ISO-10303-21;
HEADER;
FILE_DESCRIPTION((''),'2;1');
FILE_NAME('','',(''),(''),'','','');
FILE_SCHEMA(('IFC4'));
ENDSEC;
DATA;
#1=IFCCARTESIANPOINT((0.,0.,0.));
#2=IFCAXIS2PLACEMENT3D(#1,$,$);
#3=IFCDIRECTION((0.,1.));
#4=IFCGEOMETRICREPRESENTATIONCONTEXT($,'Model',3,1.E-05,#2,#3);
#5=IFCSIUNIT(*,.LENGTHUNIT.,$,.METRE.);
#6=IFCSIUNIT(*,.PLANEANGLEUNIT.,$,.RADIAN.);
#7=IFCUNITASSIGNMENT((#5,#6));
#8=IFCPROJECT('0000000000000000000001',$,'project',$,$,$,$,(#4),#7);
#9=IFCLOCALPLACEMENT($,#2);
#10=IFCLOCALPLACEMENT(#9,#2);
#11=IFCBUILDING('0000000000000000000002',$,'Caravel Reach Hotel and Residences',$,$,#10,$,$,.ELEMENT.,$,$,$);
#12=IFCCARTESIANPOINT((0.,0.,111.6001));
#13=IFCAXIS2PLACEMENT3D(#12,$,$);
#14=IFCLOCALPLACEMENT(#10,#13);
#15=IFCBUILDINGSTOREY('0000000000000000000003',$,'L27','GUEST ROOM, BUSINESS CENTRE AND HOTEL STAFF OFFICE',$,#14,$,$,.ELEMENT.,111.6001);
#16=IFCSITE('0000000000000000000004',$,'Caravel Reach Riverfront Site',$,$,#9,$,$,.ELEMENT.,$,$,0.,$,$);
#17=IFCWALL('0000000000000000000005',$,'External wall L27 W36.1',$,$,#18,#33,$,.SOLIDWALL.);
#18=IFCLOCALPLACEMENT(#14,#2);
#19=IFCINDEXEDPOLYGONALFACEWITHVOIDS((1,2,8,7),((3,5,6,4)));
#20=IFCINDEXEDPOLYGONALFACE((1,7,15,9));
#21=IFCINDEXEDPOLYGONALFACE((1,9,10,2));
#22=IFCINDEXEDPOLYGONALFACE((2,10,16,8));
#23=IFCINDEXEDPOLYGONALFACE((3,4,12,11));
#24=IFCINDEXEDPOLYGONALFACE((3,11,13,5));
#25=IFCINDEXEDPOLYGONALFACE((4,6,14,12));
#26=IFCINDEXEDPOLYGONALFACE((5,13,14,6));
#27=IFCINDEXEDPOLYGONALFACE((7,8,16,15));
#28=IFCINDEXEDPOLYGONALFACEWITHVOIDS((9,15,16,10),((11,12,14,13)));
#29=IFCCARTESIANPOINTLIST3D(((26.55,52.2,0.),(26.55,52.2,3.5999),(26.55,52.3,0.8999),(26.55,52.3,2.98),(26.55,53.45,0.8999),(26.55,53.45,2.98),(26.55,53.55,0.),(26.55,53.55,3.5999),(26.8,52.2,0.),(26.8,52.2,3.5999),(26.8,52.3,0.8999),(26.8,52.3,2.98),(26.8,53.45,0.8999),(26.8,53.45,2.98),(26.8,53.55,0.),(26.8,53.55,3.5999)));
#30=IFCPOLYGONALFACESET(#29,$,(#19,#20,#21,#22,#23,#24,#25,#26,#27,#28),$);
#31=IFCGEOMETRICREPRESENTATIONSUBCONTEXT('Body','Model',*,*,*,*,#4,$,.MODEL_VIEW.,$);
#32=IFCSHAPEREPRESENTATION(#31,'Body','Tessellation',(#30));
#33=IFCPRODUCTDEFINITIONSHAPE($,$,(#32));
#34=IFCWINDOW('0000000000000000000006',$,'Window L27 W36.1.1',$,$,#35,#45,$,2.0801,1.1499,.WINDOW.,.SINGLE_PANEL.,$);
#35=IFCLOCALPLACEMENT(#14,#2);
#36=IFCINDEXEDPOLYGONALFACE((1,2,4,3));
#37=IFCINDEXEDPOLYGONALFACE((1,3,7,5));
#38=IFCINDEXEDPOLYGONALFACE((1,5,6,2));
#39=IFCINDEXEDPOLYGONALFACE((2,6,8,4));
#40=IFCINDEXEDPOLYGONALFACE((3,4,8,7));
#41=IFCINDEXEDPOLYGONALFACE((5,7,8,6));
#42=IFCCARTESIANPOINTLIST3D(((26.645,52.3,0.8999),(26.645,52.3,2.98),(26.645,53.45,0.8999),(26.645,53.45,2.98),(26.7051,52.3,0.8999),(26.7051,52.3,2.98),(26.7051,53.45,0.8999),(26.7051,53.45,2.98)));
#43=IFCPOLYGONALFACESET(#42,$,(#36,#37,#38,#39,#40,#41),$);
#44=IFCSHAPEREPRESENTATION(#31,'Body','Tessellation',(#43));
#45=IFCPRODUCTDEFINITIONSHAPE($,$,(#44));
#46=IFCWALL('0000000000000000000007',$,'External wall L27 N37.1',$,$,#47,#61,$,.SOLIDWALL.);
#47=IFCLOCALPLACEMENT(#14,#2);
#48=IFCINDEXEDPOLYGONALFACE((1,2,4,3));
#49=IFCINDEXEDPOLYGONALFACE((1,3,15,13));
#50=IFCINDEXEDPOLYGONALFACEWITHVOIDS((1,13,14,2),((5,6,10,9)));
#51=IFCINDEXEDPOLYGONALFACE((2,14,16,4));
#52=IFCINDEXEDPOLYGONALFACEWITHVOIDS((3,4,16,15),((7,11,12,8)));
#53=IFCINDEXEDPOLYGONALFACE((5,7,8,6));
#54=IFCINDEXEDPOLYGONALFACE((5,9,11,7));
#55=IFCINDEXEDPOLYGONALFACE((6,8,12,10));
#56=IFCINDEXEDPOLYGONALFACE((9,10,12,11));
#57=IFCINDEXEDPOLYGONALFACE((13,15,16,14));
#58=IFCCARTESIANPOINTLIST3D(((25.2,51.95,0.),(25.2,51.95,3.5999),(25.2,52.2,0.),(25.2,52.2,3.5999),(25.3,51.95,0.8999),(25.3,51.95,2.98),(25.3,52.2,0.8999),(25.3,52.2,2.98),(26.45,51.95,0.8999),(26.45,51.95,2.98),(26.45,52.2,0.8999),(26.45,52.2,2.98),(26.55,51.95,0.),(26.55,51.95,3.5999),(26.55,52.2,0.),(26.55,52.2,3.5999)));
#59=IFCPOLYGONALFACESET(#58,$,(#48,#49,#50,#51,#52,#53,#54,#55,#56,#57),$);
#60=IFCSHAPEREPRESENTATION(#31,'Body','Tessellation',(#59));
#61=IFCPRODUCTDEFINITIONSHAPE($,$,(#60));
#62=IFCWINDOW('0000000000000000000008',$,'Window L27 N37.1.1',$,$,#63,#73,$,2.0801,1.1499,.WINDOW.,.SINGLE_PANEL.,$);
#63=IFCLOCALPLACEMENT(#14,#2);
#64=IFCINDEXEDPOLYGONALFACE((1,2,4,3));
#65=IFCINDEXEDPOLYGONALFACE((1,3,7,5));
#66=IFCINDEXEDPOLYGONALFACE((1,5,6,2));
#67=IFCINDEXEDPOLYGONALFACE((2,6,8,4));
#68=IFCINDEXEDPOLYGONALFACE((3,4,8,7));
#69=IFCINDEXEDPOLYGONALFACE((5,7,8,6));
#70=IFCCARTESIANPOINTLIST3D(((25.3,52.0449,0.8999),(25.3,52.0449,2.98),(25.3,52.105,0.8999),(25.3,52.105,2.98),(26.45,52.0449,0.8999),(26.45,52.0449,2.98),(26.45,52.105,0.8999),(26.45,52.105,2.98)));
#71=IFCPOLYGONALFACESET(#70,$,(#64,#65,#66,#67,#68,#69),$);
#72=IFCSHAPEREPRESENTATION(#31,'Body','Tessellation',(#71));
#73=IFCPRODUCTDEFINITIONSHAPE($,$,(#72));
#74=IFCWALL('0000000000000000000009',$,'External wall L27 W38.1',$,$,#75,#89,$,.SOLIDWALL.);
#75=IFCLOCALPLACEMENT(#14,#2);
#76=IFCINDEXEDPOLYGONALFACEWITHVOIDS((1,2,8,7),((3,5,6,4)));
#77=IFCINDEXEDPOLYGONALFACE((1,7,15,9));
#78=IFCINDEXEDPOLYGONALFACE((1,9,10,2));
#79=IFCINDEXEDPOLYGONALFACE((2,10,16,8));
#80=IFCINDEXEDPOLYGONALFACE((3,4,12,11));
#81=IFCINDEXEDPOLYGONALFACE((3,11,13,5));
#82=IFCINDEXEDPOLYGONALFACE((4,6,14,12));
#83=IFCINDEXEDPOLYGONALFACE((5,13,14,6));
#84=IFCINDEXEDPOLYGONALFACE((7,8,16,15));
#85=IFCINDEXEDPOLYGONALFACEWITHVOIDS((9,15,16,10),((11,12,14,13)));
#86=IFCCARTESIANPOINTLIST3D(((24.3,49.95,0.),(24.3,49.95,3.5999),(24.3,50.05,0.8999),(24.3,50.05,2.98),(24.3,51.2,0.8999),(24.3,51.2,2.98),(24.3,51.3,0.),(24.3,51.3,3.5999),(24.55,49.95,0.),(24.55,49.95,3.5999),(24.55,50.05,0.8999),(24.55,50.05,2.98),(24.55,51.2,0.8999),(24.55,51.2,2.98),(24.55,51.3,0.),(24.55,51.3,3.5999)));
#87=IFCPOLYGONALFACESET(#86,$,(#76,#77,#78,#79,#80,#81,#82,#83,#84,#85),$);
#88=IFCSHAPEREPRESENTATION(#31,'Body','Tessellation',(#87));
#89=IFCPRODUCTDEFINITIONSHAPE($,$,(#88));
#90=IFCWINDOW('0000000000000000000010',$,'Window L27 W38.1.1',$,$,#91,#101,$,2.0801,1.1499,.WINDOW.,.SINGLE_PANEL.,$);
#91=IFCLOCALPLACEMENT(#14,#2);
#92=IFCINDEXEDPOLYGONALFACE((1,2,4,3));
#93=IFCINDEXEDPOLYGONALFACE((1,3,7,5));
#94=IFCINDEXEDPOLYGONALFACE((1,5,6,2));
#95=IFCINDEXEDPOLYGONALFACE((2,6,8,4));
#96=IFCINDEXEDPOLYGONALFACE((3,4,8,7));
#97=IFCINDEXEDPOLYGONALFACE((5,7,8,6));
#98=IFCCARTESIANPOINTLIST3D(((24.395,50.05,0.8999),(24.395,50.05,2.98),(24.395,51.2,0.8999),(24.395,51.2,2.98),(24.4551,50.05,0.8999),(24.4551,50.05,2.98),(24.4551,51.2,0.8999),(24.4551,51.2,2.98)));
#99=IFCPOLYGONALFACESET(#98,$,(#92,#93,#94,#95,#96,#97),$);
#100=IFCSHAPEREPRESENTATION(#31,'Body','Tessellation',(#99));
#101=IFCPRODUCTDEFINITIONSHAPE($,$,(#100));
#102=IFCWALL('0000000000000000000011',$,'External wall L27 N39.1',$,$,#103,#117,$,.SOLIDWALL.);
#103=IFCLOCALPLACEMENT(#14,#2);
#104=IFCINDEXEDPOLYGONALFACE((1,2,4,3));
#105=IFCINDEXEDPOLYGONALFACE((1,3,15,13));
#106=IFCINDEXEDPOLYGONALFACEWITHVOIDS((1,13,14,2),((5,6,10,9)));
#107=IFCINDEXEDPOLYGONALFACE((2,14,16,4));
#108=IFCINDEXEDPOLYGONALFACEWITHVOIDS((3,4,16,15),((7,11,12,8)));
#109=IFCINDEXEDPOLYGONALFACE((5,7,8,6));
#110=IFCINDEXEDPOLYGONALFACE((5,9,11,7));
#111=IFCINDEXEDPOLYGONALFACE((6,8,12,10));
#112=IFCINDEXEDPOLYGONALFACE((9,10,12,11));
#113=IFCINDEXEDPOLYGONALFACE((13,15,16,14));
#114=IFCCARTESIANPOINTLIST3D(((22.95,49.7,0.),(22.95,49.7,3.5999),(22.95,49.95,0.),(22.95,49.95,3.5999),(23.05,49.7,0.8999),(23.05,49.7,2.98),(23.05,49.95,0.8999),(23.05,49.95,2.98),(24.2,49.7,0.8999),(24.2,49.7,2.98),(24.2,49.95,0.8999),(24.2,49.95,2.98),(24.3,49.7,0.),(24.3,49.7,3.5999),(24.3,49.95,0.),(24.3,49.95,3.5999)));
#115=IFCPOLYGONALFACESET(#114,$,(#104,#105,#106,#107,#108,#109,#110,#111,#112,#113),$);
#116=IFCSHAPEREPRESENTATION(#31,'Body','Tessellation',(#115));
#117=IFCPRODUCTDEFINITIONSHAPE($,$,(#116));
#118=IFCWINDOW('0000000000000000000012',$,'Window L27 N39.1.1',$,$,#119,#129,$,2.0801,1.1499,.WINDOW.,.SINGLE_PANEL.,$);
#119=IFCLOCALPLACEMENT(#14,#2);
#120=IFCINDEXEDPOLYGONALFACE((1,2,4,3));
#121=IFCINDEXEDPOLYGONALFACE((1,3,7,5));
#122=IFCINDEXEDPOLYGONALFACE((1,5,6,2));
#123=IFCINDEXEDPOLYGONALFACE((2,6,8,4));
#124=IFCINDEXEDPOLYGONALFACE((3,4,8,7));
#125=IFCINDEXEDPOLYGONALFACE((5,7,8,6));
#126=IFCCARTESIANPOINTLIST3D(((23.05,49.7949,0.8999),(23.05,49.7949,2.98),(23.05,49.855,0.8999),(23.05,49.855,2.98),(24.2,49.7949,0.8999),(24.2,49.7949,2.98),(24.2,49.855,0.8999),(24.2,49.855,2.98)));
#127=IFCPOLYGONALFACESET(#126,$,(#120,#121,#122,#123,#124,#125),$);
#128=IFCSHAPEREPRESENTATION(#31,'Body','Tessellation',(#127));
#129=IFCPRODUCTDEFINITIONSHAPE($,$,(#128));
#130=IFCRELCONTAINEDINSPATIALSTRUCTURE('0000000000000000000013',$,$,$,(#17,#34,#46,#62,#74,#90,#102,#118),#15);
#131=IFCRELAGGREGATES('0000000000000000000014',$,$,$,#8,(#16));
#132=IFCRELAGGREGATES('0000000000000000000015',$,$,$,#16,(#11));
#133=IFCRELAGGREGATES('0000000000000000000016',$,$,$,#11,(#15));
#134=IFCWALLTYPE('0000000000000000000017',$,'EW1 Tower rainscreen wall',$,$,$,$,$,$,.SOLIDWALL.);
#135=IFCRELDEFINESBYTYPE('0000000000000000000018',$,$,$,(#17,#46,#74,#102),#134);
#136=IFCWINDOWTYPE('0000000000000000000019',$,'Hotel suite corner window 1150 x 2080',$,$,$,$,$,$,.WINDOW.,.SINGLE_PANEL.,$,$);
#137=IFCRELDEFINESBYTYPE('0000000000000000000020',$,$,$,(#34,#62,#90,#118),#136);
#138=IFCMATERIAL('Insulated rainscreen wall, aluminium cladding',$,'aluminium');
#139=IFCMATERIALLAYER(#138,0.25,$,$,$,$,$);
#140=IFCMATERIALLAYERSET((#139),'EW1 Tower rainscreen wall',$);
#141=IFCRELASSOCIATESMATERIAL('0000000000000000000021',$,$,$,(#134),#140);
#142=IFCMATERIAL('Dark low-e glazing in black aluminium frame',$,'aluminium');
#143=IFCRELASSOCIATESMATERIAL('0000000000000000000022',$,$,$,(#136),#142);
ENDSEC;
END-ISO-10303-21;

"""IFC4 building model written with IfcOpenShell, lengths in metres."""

from ifc_helpers import new_model, si_unit, direction, frame, frame_2d, origin, place, context, subcontext, project, spatial, rectangle, extrude, material, layer, layer_set, type_object, element, fill, save


model = new_model("IFC4")

# Units and contexts
model_context = context("Model", 3, precision=1e-05, world=origin(), true_north=direction((0.0, 1.0)))
body_context = subcontext(model_context, "Body", "Model", "MODEL_VIEW")
ifc_project = project(units=[si_unit("LENGTHUNIT", "METRE"), si_unit("PLANEANGLEUNIT", "RADIAN")], contexts=[model_context])

# Site, building, storey
site_placement = place(None, origin())
site = spatial("IfcSite", under=ifc_project, at=site_placement, Name="Caravel Reach Riverfront Site", CompositionType="ELEMENT", RefElevation=0.0)
building_placement = place(site_placement, origin())
building = spatial("IfcBuilding", under=site, at=building_placement, Name="Caravel Reach Hotel and Residences", CompositionType="ELEMENT")
storey_placement = place(building_placement, frame((0.0, 0.0, 111.6001)))
storey = spatial("IfcBuildingStorey", under=building, at=storey_placement, Name="L27", Description="GUEST ROOM, BUSINESS CENTRE AND HOTEL STAFF OFFICE", CompositionType="ELEMENT", Elevation=111.6001)

# Walls, openings, windows
ifc_material_1 = material(Name="Insulated rainscreen wall, aluminium cladding", Category="aluminium")
ifc_layer_1 = layer(ifc_material_1, 0.25)
ifc_layer_set_1 = layer_set([ifc_layer_1], Name="EW1 Tower rainscreen wall")
wall_type_1 = type_object("IfcWallType", Name="EW1 Tower rainscreen wall", PredefinedType="SOLIDWALL", material=ifc_layer_set_1)
wall_1_placement = place(storey_placement, frame((26.675, 53.55, 0.0), z_axis=(0.0, 0.0, 1.0), x_axis=(0.0, -1.0, 0.0)))
wall_1 = element("IfcWall", 1, at=wall_1_placement, inside=storey, type_object=wall_type_1, Name="External wall L27 W36.1", PredefinedType="SOLIDWALL", context=body_context, shape_type="SweptSolid", body=[
    extrude(rectangle(XDim=1.3501, YDim=0.25, at=frame_2d((0.675, 0.0))), origin(), (0.0, 0.0, 1.0), 3.5999),
])
opening_1_placement = place(wall_1_placement, frame((0.1001, 0.0, 0.8999)))
opening_1 = element("IfcOpeningElement", 2, at=opening_1_placement, cuts=wall_1, PredefinedType="OPENING", context=body_context, shape_type="SweptSolid", body=[
    extrude(rectangle(XDim=1.1499, YDim=2.0801, at=frame_2d((0.575, 1.04))), frame((0.0, 0.135, 0.0), z_axis=(0.0, -1.0, 0.0), x_axis=(1.0, 0.0, 0.0)), (0.0, 0.0, 1.0), 0.27),
])
ifc_material_2 = material(Name="Dark low-e glazing in black aluminium frame", Category="aluminium")
window_type_1 = type_object("IfcWindowType", Name="Hotel suite corner window 1150 x 2080", PartitioningType="SINGLE_PANEL", PredefinedType="WINDOW", material=ifc_material_2)
window_1_placement = place(opening_1_placement, origin())
window_1 = element("IfcWindow", 3, at=window_1_placement, inside=storey, type_object=window_type_1, Name="Window L27 W36.1.1", OverallHeight=2.0801, OverallWidth=1.1499, PartitioningType="SINGLE_PANEL", PredefinedType="WINDOW", context=body_context, shape_type="SweptSolid", body=[
    extrude(rectangle(XDim=1.1499, YDim=2.0801, at=frame_2d((0.575, 1.04))), frame((0.0, 0.03, 0.0), z_axis=(0.0, -1.0, 0.0), x_axis=(1.0, 0.0, 0.0)), (0.0, 0.0, 1.0), 0.0601),
])
fill(opening_1, window_1)
wall_2_placement = place(storey_placement, frame((26.55, 52.075, 0.0), z_axis=(0.0, 0.0, 1.0), x_axis=(-1.0, 0.0, 0.0)))
wall_2 = element("IfcWall", 4, at=wall_2_placement, inside=storey, type_object=wall_type_1, Name="External wall L27 N37.1", PredefinedType="SOLIDWALL", context=body_context, shape_type="SweptSolid", body=[
    extrude(rectangle(XDim=1.3501, YDim=0.25, at=frame_2d((0.675, 0.0))), origin(), (0.0, 0.0, 1.0), 3.5999),
])
opening_2_placement = place(wall_2_placement, frame((0.1001, 0.0, 0.8999)))
opening_2 = element("IfcOpeningElement", 5, at=opening_2_placement, cuts=wall_2, PredefinedType="OPENING", context=body_context, shape_type="SweptSolid", body=[
    extrude(rectangle(XDim=1.1499, YDim=2.0801, at=frame_2d((0.575, 1.04))), frame((0.0, 0.135, 0.0), z_axis=(0.0, -1.0, 0.0), x_axis=(1.0, 0.0, 0.0)), (0.0, 0.0, 1.0), 0.27),
])
window_2_placement = place(opening_2_placement, origin())
window_2 = element("IfcWindow", 6, at=window_2_placement, inside=storey, type_object=window_type_1, Name="Window L27 N37.1.1", OverallHeight=2.0801, OverallWidth=1.1499, PartitioningType="SINGLE_PANEL", PredefinedType="WINDOW", context=body_context, shape_type="SweptSolid", body=[
    extrude(rectangle(XDim=1.1499, YDim=2.0801, at=frame_2d((0.575, 1.04))), frame((0.0, 0.03, 0.0), z_axis=(0.0, -1.0, 0.0), x_axis=(1.0, 0.0, 0.0)), (0.0, 0.0, 1.0), 0.0601),
])
fill(opening_2, window_2)
wall_3_placement = place(storey_placement, frame((24.425, 51.3, 0.0), z_axis=(0.0, 0.0, 1.0), x_axis=(0.0, -1.0, 0.0)))
wall_3 = element("IfcWall", 7, at=wall_3_placement, inside=storey, type_object=wall_type_1, Name="External wall L27 W38.1", PredefinedType="SOLIDWALL", context=body_context, shape_type="SweptSolid", body=[
    extrude(rectangle(XDim=1.3501, YDim=0.25, at=frame_2d((0.675, 0.0))), origin(), (0.0, 0.0, 1.0), 3.5999),
])
opening_3_placement = place(wall_3_placement, frame((0.1001, 0.0, 0.8999)))
opening_3 = element("IfcOpeningElement", 8, at=opening_3_placement, cuts=wall_3, PredefinedType="OPENING", context=body_context, shape_type="SweptSolid", body=[
    extrude(rectangle(XDim=1.1499, YDim=2.0801, at=frame_2d((0.575, 1.04))), frame((0.0, 0.135, 0.0), z_axis=(0.0, -1.0, 0.0), x_axis=(1.0, 0.0, 0.0)), (0.0, 0.0, 1.0), 0.27),
])
window_3_placement = place(opening_3_placement, origin())
window_3 = element("IfcWindow", 9, at=window_3_placement, inside=storey, type_object=window_type_1, Name="Window L27 W38.1.1", OverallHeight=2.0801, OverallWidth=1.1499, PartitioningType="SINGLE_PANEL", PredefinedType="WINDOW", context=body_context, shape_type="SweptSolid", body=[
    extrude(rectangle(XDim=1.1499, YDim=2.0801, at=frame_2d((0.575, 1.04))), frame((0.0, 0.03, 0.0), z_axis=(0.0, -1.0, 0.0), x_axis=(1.0, 0.0, 0.0)), (0.0, 0.0, 1.0), 0.0601),
])
fill(opening_3, window_3)
wall_4_placement = place(storey_placement, frame((24.3, 49.825, 0.0), z_axis=(0.0, 0.0, 1.0), x_axis=(-1.0, 0.0, 0.0)))
wall_4 = element("IfcWall", 10, at=wall_4_placement, inside=storey, type_object=wall_type_1, Name="External wall L27 N39.1", PredefinedType="SOLIDWALL", context=body_context, shape_type="SweptSolid", body=[
    extrude(rectangle(XDim=1.3501, YDim=0.25, at=frame_2d((0.675, 0.0))), origin(), (0.0, 0.0, 1.0), 3.5999),
])
opening_4_placement = place(wall_4_placement, frame((0.1001, 0.0, 0.8999)))
opening_4 = element("IfcOpeningElement", 11, at=opening_4_placement, cuts=wall_4, PredefinedType="OPENING", context=body_context, shape_type="SweptSolid", body=[
    extrude(rectangle(XDim=1.1499, YDim=2.0801, at=frame_2d((0.575, 1.04))), frame((0.0, 0.135, 0.0), z_axis=(0.0, -1.0, 0.0), x_axis=(1.0, 0.0, 0.0)), (0.0, 0.0, 1.0), 0.27),
])
window_4_placement = place(opening_4_placement, origin())
window_4 = element("IfcWindow", 12, at=window_4_placement, inside=storey, type_object=window_type_1, Name="Window L27 N39.1.1", OverallHeight=2.0801, OverallWidth=1.1499, PartitioningType="SINGLE_PANEL", PredefinedType="WINDOW", context=body_context, shape_type="SweptSolid", body=[
    extrude(rectangle(XDim=1.1499, YDim=2.0801, at=frame_2d((0.575, 1.04))), frame((0.0, 0.03, 0.0), z_axis=(0.0, -1.0, 0.0), x_axis=(1.0, 0.0, 0.0)), (0.0, 0.0, 1.0), 0.0601),
])
fill(opening_4, window_4)

save(model, "model.ifc")
